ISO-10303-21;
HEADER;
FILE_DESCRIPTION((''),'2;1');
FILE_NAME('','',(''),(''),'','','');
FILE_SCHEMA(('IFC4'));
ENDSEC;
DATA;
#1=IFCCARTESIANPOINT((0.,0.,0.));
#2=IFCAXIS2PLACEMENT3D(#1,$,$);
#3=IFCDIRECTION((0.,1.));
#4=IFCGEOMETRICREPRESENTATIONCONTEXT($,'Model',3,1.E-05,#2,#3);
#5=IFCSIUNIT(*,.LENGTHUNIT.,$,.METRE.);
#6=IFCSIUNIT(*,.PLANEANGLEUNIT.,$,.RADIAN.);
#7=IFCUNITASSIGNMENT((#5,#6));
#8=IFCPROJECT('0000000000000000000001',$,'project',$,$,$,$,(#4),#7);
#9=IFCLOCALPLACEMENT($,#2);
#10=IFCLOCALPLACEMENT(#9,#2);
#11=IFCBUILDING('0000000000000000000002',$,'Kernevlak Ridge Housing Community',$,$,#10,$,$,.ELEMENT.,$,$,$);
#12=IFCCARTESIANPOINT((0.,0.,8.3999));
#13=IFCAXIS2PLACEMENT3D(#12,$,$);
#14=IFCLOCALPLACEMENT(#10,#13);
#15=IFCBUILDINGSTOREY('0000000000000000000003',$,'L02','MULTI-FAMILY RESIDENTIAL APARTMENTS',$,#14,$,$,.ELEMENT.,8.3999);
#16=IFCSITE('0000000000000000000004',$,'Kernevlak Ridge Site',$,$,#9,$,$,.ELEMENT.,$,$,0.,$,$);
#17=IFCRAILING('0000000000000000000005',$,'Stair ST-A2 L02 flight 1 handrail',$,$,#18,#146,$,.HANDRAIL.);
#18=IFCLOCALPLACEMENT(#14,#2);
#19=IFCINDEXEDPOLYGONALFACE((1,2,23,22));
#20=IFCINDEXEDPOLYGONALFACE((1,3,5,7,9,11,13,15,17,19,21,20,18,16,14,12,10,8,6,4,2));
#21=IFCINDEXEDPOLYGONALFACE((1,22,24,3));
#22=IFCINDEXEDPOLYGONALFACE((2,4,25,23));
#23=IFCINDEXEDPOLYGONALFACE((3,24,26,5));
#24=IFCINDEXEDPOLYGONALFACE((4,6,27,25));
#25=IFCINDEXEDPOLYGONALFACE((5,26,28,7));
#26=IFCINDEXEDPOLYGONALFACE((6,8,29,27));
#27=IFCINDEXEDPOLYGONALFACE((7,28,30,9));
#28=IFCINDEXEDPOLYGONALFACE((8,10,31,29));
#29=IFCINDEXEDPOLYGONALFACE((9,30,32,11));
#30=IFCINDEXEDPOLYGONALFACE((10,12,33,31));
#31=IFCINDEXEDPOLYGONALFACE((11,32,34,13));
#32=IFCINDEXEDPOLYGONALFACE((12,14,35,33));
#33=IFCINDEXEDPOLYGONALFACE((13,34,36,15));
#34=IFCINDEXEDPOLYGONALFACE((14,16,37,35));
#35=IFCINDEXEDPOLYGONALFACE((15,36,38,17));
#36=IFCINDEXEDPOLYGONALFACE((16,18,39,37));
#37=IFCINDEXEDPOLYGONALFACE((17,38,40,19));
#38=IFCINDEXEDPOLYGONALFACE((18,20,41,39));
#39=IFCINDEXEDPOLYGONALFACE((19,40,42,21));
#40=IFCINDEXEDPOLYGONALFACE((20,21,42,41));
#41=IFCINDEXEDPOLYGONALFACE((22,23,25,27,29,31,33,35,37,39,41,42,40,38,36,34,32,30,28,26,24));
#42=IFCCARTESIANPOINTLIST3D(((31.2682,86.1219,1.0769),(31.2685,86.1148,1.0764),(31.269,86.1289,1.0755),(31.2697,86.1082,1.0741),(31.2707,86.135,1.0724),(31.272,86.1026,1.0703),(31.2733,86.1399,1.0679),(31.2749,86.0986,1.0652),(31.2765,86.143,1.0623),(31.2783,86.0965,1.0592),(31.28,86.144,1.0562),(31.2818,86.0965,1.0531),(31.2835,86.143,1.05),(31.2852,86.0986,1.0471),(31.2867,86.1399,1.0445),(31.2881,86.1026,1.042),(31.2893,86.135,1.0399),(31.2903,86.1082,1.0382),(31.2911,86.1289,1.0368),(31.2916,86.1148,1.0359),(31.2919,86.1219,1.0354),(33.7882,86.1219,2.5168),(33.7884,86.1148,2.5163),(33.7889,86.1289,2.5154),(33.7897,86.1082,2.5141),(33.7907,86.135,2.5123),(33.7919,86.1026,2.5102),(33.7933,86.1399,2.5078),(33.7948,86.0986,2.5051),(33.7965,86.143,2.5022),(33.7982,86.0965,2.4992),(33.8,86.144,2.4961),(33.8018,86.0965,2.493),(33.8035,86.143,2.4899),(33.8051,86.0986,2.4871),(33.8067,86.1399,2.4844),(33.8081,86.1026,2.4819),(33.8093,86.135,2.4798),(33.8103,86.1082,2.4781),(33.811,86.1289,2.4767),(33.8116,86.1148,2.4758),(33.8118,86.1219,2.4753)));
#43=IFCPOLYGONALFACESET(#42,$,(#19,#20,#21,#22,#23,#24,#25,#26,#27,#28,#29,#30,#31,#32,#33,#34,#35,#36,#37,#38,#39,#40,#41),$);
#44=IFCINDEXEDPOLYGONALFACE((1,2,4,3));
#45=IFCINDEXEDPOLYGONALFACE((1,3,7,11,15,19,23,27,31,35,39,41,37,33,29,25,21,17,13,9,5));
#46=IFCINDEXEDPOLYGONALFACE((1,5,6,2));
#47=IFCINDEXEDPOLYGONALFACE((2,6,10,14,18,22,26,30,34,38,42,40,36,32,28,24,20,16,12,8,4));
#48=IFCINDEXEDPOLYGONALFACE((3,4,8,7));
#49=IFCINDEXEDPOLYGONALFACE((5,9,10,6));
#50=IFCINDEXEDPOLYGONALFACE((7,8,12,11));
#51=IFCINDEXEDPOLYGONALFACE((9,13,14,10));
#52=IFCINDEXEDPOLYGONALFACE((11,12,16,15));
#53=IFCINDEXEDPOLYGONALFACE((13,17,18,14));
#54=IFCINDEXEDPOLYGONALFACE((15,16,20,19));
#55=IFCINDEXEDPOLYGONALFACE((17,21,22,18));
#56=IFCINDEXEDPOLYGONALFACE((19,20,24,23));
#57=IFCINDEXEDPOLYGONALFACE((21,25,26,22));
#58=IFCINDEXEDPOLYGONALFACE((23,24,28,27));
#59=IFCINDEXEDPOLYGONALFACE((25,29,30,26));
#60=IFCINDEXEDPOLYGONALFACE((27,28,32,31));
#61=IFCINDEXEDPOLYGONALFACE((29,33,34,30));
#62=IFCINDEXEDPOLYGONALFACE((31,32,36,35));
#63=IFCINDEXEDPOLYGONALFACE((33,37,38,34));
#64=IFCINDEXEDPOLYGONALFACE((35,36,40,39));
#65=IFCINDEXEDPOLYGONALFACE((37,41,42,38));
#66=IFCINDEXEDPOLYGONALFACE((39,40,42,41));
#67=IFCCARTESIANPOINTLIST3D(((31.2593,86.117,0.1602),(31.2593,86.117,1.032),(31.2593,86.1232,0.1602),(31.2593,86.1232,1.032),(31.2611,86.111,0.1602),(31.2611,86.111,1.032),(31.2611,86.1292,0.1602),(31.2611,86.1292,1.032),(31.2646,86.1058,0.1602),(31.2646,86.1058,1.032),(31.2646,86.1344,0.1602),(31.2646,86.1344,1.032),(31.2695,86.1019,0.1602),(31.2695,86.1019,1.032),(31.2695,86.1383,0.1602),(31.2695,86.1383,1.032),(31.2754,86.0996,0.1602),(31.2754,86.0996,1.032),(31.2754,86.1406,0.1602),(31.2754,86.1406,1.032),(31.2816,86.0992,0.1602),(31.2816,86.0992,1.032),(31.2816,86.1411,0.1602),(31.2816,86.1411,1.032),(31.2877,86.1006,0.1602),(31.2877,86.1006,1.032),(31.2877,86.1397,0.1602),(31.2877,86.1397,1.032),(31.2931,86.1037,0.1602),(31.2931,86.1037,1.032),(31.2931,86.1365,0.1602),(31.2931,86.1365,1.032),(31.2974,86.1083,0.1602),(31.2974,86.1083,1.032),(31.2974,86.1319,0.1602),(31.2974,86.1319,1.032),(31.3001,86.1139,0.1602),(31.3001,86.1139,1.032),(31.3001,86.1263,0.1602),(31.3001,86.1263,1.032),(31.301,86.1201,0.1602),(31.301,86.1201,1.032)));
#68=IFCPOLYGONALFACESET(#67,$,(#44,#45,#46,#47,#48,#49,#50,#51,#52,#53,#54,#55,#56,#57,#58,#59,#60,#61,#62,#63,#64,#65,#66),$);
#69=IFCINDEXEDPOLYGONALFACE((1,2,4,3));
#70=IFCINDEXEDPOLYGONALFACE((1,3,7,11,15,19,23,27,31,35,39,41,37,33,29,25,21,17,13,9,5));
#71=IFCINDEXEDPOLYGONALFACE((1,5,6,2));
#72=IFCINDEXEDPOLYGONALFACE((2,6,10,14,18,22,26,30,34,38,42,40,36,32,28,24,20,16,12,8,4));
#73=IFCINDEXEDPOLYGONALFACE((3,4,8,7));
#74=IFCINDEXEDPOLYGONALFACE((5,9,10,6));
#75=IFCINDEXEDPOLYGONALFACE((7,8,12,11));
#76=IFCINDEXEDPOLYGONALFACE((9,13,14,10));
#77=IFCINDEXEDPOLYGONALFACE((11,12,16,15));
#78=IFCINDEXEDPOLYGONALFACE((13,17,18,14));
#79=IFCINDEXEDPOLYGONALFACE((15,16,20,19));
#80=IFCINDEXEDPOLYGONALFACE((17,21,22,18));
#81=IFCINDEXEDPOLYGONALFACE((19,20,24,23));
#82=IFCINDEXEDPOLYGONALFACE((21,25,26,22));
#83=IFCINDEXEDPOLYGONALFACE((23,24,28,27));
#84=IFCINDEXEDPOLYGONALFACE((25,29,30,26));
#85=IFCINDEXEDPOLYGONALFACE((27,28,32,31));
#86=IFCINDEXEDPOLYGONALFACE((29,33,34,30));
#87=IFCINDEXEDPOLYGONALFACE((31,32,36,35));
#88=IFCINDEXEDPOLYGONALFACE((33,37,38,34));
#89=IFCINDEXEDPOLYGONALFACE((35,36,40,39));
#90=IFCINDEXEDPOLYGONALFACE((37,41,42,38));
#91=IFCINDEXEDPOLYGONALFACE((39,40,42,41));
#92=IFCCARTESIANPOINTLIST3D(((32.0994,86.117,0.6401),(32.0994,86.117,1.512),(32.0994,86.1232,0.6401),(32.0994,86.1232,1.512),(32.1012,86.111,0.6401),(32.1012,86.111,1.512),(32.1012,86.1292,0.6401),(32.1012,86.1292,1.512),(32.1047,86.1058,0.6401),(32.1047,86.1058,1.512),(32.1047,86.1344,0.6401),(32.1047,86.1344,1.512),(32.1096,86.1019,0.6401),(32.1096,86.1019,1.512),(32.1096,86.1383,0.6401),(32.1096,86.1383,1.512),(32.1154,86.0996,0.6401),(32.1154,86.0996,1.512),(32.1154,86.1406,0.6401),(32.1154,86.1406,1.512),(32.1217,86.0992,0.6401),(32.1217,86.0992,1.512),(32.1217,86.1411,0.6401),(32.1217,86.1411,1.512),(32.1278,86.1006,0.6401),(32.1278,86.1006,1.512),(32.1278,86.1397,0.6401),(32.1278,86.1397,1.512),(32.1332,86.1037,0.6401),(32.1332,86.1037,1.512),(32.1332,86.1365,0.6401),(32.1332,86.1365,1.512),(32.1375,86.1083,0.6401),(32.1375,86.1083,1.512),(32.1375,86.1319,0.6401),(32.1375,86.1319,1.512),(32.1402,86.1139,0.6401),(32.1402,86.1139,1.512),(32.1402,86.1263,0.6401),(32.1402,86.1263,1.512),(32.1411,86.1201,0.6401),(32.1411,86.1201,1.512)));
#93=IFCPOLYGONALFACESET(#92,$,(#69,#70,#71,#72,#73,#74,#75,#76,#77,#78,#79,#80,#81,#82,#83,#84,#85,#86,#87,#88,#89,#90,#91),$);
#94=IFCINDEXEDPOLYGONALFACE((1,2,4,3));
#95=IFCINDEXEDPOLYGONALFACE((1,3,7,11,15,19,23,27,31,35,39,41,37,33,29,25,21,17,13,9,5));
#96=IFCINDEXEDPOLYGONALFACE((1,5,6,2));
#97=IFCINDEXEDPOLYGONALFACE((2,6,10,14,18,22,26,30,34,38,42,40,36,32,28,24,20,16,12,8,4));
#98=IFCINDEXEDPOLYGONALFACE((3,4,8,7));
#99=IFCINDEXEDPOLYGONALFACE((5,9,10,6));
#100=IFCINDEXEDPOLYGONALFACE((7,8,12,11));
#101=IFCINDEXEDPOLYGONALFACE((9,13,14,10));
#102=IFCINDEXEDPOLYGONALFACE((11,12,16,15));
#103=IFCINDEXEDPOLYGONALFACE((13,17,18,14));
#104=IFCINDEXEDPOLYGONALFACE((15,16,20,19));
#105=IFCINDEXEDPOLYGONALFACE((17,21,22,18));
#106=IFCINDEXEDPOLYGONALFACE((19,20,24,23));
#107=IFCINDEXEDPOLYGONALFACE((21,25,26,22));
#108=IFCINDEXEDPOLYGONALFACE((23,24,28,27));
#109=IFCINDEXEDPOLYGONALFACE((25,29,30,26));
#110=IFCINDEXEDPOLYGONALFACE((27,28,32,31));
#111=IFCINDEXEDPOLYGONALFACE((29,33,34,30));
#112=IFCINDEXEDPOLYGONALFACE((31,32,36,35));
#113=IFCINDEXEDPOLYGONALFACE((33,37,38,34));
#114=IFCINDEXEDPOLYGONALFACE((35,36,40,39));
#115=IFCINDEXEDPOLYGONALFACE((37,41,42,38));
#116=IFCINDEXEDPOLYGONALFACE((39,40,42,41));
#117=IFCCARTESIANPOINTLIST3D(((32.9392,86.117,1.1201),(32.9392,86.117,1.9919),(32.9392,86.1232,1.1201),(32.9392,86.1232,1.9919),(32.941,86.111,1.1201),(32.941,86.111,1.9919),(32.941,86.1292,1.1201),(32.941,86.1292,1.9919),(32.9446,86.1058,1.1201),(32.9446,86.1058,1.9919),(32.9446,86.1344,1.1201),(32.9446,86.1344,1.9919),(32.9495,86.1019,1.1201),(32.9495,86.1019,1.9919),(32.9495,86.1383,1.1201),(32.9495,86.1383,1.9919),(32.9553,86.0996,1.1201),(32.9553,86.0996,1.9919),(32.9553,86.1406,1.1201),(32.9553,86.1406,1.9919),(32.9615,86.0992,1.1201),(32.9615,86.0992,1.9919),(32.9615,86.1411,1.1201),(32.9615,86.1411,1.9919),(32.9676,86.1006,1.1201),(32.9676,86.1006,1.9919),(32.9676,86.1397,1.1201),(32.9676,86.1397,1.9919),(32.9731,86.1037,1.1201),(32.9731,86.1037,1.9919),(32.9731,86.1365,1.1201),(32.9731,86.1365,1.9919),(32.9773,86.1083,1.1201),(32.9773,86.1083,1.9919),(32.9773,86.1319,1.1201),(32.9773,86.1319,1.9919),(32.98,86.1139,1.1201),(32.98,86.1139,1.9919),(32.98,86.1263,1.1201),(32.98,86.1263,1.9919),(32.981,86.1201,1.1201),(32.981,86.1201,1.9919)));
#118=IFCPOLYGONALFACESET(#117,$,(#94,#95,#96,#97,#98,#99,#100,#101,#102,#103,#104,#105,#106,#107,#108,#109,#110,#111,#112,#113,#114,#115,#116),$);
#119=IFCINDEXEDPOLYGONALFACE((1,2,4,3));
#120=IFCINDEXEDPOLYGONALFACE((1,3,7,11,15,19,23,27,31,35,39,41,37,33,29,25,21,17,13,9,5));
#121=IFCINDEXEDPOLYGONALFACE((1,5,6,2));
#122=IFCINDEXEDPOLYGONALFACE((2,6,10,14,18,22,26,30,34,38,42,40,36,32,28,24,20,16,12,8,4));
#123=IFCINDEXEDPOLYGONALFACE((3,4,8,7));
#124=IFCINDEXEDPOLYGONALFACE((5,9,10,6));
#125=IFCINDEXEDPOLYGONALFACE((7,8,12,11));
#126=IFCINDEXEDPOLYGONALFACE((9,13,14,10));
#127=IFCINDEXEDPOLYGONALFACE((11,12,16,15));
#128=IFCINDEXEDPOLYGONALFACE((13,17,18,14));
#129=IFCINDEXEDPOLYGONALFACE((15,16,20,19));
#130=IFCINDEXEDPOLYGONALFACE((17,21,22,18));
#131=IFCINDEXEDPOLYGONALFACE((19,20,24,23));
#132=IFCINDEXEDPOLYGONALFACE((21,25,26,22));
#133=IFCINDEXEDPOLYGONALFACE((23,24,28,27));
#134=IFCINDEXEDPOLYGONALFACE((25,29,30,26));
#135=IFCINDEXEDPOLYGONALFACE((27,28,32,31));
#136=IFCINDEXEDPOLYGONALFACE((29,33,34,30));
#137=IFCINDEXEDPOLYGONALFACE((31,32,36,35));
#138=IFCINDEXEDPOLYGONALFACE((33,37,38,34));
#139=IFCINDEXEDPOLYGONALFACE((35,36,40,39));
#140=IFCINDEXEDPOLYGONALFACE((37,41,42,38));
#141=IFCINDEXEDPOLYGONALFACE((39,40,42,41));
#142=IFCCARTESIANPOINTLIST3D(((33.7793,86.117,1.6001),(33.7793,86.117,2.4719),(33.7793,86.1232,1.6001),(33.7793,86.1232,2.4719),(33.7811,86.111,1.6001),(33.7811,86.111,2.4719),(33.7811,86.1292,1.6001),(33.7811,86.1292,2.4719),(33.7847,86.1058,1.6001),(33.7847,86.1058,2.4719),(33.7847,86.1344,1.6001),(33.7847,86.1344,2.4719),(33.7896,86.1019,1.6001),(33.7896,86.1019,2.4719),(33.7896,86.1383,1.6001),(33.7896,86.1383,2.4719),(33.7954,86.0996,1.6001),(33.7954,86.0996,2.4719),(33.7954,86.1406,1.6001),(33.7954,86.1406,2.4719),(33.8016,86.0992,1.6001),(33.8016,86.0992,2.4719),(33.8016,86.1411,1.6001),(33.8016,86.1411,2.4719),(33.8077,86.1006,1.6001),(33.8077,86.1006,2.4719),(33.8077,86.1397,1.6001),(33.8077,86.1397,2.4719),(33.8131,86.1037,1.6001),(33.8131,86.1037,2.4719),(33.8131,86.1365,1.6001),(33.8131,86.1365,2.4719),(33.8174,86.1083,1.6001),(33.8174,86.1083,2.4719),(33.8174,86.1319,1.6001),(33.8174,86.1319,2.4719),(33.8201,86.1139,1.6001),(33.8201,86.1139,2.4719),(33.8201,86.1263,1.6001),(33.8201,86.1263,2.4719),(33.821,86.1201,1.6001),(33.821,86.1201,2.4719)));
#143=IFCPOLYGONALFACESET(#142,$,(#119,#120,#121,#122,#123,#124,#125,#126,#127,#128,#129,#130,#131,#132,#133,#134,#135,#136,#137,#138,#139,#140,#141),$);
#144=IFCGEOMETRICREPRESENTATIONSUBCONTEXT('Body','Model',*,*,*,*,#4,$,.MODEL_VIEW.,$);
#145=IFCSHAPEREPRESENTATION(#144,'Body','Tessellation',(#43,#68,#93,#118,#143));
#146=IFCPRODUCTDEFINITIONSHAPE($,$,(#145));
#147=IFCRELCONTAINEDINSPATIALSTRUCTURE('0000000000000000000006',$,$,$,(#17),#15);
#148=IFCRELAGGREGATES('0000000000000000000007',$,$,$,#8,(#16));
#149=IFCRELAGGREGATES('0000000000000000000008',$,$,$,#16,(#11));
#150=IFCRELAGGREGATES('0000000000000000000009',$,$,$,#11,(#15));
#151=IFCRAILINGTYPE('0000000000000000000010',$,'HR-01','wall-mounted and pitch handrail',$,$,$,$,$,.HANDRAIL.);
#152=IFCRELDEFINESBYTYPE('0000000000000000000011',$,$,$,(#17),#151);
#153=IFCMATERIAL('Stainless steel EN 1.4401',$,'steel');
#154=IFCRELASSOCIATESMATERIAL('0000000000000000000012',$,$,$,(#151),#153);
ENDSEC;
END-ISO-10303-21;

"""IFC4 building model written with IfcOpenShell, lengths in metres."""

from ifc_helpers import new_model, si_unit, direction, frame, origin, origin_2d, place, context, subcontext, project, spatial, circle, extrude, material, type_object, element, save


model = new_model("IFC4")

# Units and contexts
model_context = context("Model", 3, precision=1e-05, world=origin(), true_north=direction((0.0, 1.0)))
body_context = subcontext(model_context, "Body", "Model", "MODEL_VIEW")
ifc_project = project(units=[si_unit("LENGTHUNIT", "METRE"), si_unit("PLANEANGLEUNIT", "RADIAN")], contexts=[model_context])

# Site, building, storey
site_placement = place(None, origin())
site = spatial("IfcSite", under=ifc_project, at=site_placement, Name="Kernevlak Ridge Site", CompositionType="ELEMENT", RefElevation=0.0)
building_placement = place(site_placement, origin())
building = spatial("IfcBuilding", under=site, at=building_placement, Name="Kernevlak Ridge Housing Community", CompositionType="ELEMENT")
storey_placement = place(building_placement, frame((0.0, 0.0, 8.3999)))
storey = spatial("IfcBuildingStorey", under=building, at=storey_placement, Name="L02", Description="MULTI-FAMILY RESIDENTIAL APARTMENTS", CompositionType="ELEMENT", Elevation=8.3999)

# Railing
ifc_material_1 = material(Name="Stainless steel EN 1.4401", Category="steel")
railing_type_1 = type_object("IfcRailingType", Name="HR-01", Description="wall-mounted and pitch handrail", PredefinedType="HANDRAIL", material=ifc_material_1)
railing_1_placement = place(storey_placement, frame((31.28, 86.1201, 0.1602)))
element("IfcRailing", 1, at=railing_1_placement, inside=storey, type_object=railing_type_1, Name="Stair ST-A2 L02 flight 1 handrail", PredefinedType="HANDRAIL", context=body_context, shape_type="SweptSolid", body=[
    extrude(circle(Radius=0.0239, at=origin_2d()), frame((0.0, 0.0, 0.896), z_axis=(0.868253, 0.0, 0.496121), x_axis=(0.0, 1.0, 0.0)), (0.0, 0.0, 1.0), 2.9023),
    extrude(circle(Radius=0.021, at=origin_2d()), origin(), (0.0, 0.0, 1.0), 0.8718),
    extrude(circle(Radius=0.021, at=origin_2d()), frame((0.8401, 0.0, 0.48)), (0.0, 0.0, 1.0), 0.8718),
    extrude(circle(Radius=0.021, at=origin_2d()), frame((1.6799, 0.0, 0.96)), (0.0, 0.0, 1.0), 0.8718),
    extrude(circle(Radius=0.021, at=origin_2d()), frame((2.52, 0.0, 1.4399)), (0.0, 0.0, 1.0), 0.8718),
])

save(model, "model.ifc")
